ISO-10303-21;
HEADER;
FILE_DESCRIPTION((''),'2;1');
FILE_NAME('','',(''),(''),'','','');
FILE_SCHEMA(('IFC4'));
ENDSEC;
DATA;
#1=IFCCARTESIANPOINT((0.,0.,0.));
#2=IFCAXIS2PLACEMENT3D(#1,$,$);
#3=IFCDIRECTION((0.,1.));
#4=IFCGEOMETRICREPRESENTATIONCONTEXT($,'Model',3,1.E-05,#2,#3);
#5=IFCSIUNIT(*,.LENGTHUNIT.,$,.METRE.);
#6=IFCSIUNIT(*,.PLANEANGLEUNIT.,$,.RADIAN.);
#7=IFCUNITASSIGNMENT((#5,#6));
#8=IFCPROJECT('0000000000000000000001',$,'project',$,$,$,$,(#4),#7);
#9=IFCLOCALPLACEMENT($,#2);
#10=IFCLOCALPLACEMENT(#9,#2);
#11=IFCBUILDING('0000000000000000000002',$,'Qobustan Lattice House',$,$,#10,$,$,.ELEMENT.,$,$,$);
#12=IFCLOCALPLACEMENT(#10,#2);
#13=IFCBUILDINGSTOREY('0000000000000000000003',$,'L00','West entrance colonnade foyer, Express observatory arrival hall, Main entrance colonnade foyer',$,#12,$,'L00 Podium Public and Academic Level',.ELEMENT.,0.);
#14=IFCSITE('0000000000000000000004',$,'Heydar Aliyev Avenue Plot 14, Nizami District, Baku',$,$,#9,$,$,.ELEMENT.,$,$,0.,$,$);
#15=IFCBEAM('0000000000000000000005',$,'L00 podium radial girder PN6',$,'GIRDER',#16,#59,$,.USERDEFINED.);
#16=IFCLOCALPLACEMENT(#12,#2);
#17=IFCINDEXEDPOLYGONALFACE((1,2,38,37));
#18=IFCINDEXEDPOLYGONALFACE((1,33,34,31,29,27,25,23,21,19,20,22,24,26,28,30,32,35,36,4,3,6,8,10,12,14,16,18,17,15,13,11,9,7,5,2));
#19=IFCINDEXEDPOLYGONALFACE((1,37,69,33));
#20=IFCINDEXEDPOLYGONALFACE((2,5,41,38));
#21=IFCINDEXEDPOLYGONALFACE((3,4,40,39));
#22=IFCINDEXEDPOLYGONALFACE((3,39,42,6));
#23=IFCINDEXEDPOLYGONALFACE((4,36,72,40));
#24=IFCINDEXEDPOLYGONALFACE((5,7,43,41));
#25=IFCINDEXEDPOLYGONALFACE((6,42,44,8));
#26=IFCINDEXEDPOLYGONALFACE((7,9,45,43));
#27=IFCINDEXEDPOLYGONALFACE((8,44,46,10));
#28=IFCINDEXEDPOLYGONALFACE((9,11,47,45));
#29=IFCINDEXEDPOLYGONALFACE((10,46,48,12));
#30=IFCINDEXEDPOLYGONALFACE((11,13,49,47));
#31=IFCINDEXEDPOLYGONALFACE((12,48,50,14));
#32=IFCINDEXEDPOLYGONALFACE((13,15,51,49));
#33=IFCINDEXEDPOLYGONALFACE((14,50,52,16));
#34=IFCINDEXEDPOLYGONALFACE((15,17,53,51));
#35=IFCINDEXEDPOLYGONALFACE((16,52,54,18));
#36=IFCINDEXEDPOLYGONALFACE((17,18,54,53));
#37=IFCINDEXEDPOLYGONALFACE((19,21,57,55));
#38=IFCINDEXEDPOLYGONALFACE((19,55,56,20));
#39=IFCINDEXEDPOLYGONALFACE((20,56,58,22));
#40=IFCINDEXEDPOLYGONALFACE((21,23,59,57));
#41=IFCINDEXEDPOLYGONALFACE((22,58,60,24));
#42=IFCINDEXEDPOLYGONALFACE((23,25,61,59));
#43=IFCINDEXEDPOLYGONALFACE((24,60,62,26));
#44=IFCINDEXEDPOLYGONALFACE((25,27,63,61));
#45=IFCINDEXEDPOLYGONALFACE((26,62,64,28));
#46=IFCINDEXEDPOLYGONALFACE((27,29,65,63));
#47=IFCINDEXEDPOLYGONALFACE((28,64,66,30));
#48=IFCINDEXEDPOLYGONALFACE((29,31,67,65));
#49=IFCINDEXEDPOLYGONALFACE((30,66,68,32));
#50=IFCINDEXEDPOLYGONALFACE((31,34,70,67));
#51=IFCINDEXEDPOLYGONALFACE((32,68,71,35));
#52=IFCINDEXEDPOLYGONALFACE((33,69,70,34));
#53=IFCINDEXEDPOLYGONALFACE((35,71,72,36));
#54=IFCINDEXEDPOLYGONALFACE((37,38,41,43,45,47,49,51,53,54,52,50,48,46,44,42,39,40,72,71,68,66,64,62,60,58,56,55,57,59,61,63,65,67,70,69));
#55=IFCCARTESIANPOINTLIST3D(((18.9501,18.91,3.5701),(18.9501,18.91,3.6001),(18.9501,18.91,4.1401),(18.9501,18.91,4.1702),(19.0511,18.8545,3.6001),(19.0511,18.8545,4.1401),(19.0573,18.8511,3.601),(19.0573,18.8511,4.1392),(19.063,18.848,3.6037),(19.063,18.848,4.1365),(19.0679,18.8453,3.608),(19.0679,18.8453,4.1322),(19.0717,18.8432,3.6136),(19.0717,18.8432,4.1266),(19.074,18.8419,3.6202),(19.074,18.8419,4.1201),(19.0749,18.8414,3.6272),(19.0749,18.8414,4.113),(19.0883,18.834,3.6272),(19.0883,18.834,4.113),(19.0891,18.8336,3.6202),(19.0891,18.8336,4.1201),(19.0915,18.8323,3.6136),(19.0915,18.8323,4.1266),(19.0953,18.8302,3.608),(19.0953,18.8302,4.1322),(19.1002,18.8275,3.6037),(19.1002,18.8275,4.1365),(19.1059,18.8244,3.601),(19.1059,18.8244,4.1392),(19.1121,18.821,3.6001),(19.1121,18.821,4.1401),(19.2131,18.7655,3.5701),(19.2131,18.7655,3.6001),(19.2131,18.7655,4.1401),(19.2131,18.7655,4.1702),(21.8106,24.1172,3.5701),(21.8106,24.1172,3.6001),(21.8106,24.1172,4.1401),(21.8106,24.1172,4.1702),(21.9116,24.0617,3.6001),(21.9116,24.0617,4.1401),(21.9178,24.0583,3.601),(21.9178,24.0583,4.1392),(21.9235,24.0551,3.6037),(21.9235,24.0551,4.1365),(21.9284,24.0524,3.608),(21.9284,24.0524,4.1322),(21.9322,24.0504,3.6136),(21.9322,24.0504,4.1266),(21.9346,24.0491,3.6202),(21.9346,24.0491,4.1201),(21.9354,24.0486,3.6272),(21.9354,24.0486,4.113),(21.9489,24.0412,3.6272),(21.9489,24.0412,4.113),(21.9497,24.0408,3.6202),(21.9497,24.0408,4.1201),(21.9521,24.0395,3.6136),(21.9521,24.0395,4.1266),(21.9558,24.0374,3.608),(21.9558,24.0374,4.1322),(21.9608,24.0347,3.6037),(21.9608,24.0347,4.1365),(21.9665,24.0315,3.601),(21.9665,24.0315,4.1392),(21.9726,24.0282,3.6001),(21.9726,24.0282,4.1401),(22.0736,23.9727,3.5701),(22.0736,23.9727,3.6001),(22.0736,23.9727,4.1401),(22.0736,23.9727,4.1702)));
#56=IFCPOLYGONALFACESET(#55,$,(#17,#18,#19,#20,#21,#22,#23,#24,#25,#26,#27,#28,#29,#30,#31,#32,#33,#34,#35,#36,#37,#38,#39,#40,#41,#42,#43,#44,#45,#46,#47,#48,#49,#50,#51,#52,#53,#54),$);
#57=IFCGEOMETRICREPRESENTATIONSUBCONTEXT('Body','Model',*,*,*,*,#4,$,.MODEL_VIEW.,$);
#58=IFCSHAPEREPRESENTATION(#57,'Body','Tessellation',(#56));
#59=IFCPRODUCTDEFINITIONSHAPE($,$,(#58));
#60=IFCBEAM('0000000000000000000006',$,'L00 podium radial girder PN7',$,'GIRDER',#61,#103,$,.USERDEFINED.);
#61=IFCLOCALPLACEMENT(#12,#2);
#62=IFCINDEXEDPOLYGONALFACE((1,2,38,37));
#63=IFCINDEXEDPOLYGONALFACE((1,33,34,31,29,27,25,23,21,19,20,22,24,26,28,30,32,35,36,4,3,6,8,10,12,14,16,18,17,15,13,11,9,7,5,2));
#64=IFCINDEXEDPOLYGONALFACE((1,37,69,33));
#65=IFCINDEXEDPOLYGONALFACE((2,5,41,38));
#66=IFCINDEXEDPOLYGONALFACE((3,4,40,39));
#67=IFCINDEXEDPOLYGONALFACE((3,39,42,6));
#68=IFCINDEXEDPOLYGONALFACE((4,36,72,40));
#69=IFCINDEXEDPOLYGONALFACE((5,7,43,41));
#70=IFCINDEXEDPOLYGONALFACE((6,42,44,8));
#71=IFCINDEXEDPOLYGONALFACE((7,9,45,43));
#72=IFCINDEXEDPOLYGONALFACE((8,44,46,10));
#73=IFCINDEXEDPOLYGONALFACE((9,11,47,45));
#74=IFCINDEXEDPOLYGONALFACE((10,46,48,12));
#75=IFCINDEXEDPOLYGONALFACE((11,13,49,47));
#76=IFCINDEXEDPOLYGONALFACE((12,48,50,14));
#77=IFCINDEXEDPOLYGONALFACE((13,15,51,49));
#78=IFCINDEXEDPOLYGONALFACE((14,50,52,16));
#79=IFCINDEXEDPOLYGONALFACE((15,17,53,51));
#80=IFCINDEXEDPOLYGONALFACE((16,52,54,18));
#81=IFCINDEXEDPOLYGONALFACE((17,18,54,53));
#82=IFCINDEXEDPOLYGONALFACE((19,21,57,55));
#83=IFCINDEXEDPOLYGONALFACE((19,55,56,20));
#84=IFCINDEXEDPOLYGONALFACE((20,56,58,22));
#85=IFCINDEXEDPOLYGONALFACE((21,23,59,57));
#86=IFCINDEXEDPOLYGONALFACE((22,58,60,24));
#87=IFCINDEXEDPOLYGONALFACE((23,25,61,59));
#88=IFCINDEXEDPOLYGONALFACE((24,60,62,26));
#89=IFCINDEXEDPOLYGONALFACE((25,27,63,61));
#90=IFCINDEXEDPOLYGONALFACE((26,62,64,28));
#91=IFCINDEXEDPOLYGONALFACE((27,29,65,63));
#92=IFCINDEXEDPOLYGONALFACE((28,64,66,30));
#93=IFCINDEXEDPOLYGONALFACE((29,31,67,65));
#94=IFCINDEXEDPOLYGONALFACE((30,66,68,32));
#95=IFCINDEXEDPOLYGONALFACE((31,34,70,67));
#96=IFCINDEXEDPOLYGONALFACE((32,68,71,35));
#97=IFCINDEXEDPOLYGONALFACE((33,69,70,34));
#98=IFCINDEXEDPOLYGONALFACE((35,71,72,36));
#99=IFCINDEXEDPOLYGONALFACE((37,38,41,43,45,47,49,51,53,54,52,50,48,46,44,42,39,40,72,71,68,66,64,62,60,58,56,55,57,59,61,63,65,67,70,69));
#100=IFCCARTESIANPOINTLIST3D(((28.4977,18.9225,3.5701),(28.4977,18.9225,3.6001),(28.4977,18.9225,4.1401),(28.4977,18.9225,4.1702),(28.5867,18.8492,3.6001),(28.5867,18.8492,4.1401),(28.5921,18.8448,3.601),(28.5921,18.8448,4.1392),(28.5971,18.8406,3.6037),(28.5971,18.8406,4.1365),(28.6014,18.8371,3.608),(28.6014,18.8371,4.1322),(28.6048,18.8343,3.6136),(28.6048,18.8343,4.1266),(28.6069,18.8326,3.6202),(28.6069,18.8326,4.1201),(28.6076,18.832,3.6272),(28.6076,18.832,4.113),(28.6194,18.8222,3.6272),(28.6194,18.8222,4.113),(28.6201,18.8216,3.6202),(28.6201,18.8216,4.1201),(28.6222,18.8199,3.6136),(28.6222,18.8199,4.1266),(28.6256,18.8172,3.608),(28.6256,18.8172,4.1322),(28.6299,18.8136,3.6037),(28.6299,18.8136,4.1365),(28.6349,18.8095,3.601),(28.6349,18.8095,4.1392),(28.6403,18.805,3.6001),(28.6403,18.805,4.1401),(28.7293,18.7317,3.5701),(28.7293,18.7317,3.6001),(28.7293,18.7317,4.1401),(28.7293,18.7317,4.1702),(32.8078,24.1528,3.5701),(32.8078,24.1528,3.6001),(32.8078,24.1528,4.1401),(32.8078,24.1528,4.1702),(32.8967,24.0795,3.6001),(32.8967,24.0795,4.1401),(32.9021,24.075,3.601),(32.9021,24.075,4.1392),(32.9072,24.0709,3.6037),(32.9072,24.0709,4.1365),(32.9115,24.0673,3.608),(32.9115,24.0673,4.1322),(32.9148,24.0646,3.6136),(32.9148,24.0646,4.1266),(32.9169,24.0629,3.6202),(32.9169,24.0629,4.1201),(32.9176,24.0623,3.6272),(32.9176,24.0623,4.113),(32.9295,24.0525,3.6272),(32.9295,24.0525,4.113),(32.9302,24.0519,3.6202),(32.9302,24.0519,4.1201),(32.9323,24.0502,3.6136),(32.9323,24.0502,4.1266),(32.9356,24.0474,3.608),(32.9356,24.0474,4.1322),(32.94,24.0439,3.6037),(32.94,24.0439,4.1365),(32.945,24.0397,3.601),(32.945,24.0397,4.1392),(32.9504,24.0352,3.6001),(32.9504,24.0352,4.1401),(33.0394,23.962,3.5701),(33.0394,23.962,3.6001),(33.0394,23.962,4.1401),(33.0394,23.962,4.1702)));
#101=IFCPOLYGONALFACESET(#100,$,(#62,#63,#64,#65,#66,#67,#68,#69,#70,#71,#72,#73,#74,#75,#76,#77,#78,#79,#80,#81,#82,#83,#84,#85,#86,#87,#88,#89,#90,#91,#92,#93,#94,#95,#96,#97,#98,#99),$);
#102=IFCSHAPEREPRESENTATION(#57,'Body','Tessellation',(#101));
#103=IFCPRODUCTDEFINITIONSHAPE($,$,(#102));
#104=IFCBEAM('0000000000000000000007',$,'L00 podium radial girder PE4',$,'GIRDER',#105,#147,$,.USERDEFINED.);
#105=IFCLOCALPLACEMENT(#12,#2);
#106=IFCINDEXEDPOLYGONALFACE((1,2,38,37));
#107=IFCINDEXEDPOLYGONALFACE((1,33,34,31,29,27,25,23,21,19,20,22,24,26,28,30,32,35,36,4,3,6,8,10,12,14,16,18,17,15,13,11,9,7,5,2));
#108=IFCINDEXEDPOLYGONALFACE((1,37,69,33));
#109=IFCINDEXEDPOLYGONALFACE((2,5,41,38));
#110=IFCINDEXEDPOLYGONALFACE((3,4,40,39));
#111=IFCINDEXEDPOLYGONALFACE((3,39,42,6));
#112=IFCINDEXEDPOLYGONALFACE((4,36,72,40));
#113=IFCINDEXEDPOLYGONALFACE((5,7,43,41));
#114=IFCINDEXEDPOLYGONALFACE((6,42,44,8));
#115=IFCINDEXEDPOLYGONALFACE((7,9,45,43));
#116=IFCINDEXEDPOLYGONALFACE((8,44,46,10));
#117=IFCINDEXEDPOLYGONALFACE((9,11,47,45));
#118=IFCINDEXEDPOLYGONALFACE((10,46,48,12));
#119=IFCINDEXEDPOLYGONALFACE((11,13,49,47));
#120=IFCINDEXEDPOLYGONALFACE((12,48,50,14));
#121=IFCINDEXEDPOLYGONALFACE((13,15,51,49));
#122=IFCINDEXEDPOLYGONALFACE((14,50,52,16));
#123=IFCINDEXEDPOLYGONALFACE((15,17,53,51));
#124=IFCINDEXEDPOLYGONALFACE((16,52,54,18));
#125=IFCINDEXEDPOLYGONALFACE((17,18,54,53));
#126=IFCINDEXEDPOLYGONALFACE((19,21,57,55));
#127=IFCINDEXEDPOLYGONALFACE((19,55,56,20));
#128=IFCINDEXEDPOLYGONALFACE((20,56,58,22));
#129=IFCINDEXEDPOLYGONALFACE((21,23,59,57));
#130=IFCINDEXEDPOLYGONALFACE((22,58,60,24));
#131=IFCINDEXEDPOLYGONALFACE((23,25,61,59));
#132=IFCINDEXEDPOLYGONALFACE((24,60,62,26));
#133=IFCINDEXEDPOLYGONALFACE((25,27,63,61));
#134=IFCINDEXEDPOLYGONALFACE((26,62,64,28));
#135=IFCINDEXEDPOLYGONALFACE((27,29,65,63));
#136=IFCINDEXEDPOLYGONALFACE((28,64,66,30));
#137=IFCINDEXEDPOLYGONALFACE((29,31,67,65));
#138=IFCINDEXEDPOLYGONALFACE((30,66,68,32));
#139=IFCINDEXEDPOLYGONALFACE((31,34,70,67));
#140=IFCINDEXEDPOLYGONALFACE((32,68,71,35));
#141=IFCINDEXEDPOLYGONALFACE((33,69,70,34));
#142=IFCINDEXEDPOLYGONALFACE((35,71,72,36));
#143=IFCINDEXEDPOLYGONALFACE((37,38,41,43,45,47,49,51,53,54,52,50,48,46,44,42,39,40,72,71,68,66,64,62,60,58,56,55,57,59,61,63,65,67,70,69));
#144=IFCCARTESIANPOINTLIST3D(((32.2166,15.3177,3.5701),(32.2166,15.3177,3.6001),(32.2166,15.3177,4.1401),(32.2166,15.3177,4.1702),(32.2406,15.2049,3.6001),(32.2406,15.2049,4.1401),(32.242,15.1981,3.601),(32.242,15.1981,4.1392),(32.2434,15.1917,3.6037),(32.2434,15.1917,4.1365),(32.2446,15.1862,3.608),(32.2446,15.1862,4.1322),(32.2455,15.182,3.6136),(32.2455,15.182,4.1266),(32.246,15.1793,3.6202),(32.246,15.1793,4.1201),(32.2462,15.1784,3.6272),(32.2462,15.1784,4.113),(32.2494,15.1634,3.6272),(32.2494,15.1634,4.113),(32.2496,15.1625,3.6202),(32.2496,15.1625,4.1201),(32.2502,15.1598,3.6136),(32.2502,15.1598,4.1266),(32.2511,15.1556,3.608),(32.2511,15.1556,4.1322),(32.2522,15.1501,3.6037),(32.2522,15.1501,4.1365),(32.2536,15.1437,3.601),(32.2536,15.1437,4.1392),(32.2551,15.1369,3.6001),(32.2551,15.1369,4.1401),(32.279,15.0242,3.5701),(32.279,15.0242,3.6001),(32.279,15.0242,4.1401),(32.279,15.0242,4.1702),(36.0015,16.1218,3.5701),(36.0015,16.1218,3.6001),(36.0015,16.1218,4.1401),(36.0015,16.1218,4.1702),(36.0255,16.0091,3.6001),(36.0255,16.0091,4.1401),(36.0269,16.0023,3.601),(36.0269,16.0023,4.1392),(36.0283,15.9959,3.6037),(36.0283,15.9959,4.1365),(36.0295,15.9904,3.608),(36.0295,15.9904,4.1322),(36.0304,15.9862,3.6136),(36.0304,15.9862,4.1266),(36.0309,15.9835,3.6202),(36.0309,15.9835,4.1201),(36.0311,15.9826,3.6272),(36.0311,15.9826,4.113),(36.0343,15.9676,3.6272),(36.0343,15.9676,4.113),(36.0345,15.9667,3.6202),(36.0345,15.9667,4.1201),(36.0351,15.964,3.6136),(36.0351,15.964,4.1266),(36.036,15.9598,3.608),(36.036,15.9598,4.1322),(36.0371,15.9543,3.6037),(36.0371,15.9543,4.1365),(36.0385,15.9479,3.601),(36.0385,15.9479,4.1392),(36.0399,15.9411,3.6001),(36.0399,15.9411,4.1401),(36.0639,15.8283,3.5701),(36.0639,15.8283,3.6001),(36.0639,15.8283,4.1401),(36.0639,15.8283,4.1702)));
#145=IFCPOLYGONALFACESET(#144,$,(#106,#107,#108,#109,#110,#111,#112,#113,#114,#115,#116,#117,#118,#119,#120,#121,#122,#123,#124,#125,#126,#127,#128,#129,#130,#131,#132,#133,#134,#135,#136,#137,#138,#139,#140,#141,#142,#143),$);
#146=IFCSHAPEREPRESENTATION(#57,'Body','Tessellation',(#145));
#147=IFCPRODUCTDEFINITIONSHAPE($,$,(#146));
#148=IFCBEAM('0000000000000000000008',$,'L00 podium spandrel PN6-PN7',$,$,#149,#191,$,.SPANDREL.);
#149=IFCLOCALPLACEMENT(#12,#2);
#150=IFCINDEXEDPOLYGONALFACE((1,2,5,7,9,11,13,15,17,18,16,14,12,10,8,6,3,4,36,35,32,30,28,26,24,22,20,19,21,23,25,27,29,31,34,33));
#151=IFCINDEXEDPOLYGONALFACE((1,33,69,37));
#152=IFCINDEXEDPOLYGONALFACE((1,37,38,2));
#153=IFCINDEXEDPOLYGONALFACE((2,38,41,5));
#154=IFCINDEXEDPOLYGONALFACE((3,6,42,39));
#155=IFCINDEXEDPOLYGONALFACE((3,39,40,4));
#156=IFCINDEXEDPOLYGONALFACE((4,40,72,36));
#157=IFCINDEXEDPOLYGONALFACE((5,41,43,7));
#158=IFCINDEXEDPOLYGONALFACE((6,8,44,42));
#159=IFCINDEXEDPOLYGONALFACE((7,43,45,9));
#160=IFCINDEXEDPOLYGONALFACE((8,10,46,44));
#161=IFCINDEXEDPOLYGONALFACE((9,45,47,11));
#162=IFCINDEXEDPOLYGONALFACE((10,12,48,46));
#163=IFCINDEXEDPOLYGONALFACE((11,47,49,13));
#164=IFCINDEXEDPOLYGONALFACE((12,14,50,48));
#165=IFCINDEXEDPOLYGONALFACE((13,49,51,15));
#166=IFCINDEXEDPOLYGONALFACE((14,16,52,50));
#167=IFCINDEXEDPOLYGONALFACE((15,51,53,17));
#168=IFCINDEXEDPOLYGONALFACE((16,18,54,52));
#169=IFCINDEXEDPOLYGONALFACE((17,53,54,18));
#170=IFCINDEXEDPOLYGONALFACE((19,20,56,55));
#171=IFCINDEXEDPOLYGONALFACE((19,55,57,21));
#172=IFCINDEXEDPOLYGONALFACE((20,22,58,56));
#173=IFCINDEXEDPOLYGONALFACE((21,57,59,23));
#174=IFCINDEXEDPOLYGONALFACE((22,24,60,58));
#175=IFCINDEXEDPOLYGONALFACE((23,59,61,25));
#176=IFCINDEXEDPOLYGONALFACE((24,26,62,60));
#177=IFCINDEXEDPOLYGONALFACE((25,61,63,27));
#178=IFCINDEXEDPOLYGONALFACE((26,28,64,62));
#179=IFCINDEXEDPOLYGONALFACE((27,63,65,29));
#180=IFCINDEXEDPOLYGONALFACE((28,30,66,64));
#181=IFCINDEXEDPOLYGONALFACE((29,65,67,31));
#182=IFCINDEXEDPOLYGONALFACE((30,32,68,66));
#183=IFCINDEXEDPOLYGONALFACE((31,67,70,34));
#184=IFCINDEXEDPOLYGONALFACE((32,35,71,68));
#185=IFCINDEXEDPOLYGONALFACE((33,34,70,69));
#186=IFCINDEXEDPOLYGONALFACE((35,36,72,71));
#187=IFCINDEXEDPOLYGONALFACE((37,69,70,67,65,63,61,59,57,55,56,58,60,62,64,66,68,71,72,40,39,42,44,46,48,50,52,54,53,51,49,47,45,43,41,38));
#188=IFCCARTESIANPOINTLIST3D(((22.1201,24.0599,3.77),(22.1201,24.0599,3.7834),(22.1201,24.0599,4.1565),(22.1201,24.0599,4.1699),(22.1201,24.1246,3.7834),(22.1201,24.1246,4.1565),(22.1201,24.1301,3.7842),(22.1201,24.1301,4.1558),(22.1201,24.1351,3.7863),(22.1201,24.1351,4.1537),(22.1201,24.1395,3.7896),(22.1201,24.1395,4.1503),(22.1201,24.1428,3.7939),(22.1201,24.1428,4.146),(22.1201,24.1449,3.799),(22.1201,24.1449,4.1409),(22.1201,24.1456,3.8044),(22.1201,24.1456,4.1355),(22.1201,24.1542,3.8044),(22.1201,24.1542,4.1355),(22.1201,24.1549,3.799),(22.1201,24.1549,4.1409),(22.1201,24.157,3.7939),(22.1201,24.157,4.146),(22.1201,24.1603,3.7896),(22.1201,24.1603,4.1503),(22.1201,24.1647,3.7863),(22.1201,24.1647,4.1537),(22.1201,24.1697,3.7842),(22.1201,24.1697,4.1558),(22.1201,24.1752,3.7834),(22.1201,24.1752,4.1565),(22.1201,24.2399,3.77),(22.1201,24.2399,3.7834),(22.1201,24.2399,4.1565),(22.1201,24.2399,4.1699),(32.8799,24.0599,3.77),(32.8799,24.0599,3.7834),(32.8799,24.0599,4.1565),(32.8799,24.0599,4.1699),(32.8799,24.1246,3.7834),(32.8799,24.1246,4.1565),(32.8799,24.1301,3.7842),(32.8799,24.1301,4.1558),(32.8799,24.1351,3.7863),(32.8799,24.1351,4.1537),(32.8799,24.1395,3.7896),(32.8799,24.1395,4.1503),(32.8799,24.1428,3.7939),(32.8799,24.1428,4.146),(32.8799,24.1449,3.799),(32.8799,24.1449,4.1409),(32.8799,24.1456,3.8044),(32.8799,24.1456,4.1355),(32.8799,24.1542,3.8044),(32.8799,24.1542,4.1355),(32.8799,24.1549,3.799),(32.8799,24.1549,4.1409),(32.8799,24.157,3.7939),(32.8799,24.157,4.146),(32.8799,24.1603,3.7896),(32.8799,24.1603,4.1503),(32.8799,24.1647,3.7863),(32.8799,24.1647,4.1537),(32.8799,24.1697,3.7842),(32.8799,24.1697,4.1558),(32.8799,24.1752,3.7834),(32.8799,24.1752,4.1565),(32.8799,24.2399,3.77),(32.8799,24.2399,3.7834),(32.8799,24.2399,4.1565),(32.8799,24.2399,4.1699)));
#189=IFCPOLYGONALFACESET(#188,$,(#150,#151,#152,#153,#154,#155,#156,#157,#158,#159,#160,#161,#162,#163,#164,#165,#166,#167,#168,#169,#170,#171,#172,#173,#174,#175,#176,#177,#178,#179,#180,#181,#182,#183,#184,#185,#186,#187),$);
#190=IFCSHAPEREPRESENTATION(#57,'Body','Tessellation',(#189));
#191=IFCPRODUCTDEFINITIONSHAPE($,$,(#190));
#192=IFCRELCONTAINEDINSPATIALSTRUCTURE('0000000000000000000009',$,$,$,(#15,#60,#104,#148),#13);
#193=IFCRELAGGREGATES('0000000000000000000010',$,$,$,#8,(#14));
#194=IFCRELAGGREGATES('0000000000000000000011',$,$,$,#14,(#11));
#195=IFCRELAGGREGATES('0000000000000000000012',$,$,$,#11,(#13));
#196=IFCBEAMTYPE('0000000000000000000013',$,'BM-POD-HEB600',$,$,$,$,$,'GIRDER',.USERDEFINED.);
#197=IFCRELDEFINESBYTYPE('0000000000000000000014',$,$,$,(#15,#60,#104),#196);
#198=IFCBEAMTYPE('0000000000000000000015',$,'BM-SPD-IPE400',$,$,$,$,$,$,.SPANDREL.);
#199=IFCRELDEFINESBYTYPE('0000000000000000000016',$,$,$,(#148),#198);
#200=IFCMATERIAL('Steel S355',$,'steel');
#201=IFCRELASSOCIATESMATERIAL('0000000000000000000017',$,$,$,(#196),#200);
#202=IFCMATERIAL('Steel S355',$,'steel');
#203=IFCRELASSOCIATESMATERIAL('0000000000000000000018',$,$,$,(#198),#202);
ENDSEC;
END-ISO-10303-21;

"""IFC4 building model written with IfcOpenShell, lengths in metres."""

from ifc_helpers import new_model, si_unit, direction, frame, origin, origin_2d, place, context, subcontext, project, spatial, i_section, extrude, material, material_profile, profile_set, type_object, element, save


model = new_model("IFC4")

# Units and contexts
model_context = context("Model", 3, precision=1e-05, world=origin(), true_north=direction((0.0, 1.0)))
body_context = subcontext(model_context, "Body", "Model", "MODEL_VIEW")
ifc_project = project(units=[si_unit("LENGTHUNIT", "METRE"), si_unit("PLANEANGLEUNIT", "RADIAN")], contexts=[model_context])

# Site, building, storey
site_placement = place(None, origin())
site = spatial("IfcSite", under=ifc_project, at=site_placement, Name="Heydar Aliyev Avenue Plot 14, Nizami District, Baku", CompositionType="ELEMENT", RefElevation=0.0)
building_placement = place(site_placement, origin())
building = spatial("IfcBuilding", under=site, at=building_placement, Name="Qobustan Lattice House", CompositionType="ELEMENT")
storey_placement = place(building_placement, origin())
storey = spatial("IfcBuildingStorey", under=building, at=storey_placement, Name="L00", Description="West entrance colonnade foyer, Express observatory arrival hall, Main entrance colonnade foyer", LongName="L00 Podium Public and Academic Level", CompositionType="ELEMENT", Elevation=0.0)

# Beams
ifc_material_1 = material(Name="Steel S355", Category="steel")
ifc_material_profile_1 = material_profile(ifc_material_1, i_section(OverallWidth=0.3, OverallDepth=0.6001, WebThickness=0.0154, FlangeThickness=0.03, FilletRadius=0.0271, at=origin_2d()), Name="HEB600")
ifc_profile_set_1 = profile_set([ifc_material_profile_1], Name="Steel S355")
beam_type_1 = type_object("IfcBeamType", Name="BM-POD-HEB600", ElementType="GIRDER", PredefinedType="USERDEFINED", material=ifc_profile_set_1)
beam_1_placement = place(storey_placement, frame((21.9421, 24.0449, 3.8701), z_axis=(-0.481479, -0.876458, 0.0), x_axis=(0.876458, -0.481479, 0.0)))
element("IfcBeam", 1, at=beam_1_placement, inside=storey, type_object=beam_type_1, Name="L00 podium radial girder PN6", ObjectType="GIRDER", PredefinedType="USERDEFINED", context=body_context, shape_type="SweptSolid", body=[
    extrude(i_section(OverallWidth=0.3, OverallDepth=0.6001, WebThickness=0.0154, FlangeThickness=0.03, FilletRadius=0.0271, at=origin_2d()), origin(), (0.0, 0.0, 1.0), 5.9412),
])
beam_2_placement = place(storey_placement, frame((32.9236, 24.0574, 3.8701), z_axis=(-0.635955, -0.771726, 0.0), x_axis=(0.771726, -0.635955, 0.0)))
element("IfcBeam", 2, at=beam_2_placement, inside=storey, type_object=beam_type_1, Name="L00 podium radial girder PN7", ObjectType="GIRDER", PredefinedType="USERDEFINED", context=body_context, shape_type="SweptSolid", body=[
    extrude(i_section(OverallWidth=0.3, OverallDepth=0.6001, WebThickness=0.0154, FlangeThickness=0.03, FilletRadius=0.0271, at=origin_2d()), origin(), (0.0, 0.0, 1.0), 6.7773),
])
beam_3_placement = place(storey_placement, frame((36.0327, 15.9751, 3.8701), z_axis=(-0.978164, -0.207835, 0.0), x_axis=(0.207835, -0.978164, 0.0)))
element("IfcBeam", 3, at=beam_3_placement, inside=storey, type_object=beam_type_1, Name="L00 podium radial girder PE4", ObjectType="GIRDER", PredefinedType="USERDEFINED", context=body_context, shape_type="SweptSolid", body=[
    extrude(i_section(OverallWidth=0.3, OverallDepth=0.6001, WebThickness=0.0154, FlangeThickness=0.03, FilletRadius=0.0271, at=origin_2d()), origin(), (0.0, 0.0, 1.0), 3.8694),
])
ifc_material_2 = material(Name="Steel S355", Category="steel")
ifc_material_profile_2 = material_profile(ifc_material_2, i_section(OverallWidth=0.1799, OverallDepth=0.3999, WebThickness=0.0085, FlangeThickness=0.0134, FilletRadius=0.021, at=origin_2d()), Name="IPE400")
ifc_profile_set_2 = profile_set([ifc_material_profile_2], Name="Steel S355")
beam_type_2 = type_object("IfcBeamType", Name="BM-SPD-IPE400", PredefinedType="SPANDREL", material=ifc_profile_set_2)
beam_4_placement = place(storey_placement, frame((22.1201, 24.1499, 3.97), z_axis=(1.0, 0.0, 0.0), x_axis=(0.0, 1.0, 0.0)))
element("IfcBeam", 4, at=beam_4_placement, inside=storey, type_object=beam_type_2, Name="L00 podium spandrel PN6-PN7", PredefinedType="SPANDREL", context=body_context, shape_type="SweptSolid", body=[
    extrude(i_section(OverallWidth=0.1799, OverallDepth=0.3999, WebThickness=0.0085, FlangeThickness=0.0134, FilletRadius=0.021, at=origin_2d()), origin(), (0.0, 0.0, 1.0), 10.7598),
])

save(model, "model.ifc")
